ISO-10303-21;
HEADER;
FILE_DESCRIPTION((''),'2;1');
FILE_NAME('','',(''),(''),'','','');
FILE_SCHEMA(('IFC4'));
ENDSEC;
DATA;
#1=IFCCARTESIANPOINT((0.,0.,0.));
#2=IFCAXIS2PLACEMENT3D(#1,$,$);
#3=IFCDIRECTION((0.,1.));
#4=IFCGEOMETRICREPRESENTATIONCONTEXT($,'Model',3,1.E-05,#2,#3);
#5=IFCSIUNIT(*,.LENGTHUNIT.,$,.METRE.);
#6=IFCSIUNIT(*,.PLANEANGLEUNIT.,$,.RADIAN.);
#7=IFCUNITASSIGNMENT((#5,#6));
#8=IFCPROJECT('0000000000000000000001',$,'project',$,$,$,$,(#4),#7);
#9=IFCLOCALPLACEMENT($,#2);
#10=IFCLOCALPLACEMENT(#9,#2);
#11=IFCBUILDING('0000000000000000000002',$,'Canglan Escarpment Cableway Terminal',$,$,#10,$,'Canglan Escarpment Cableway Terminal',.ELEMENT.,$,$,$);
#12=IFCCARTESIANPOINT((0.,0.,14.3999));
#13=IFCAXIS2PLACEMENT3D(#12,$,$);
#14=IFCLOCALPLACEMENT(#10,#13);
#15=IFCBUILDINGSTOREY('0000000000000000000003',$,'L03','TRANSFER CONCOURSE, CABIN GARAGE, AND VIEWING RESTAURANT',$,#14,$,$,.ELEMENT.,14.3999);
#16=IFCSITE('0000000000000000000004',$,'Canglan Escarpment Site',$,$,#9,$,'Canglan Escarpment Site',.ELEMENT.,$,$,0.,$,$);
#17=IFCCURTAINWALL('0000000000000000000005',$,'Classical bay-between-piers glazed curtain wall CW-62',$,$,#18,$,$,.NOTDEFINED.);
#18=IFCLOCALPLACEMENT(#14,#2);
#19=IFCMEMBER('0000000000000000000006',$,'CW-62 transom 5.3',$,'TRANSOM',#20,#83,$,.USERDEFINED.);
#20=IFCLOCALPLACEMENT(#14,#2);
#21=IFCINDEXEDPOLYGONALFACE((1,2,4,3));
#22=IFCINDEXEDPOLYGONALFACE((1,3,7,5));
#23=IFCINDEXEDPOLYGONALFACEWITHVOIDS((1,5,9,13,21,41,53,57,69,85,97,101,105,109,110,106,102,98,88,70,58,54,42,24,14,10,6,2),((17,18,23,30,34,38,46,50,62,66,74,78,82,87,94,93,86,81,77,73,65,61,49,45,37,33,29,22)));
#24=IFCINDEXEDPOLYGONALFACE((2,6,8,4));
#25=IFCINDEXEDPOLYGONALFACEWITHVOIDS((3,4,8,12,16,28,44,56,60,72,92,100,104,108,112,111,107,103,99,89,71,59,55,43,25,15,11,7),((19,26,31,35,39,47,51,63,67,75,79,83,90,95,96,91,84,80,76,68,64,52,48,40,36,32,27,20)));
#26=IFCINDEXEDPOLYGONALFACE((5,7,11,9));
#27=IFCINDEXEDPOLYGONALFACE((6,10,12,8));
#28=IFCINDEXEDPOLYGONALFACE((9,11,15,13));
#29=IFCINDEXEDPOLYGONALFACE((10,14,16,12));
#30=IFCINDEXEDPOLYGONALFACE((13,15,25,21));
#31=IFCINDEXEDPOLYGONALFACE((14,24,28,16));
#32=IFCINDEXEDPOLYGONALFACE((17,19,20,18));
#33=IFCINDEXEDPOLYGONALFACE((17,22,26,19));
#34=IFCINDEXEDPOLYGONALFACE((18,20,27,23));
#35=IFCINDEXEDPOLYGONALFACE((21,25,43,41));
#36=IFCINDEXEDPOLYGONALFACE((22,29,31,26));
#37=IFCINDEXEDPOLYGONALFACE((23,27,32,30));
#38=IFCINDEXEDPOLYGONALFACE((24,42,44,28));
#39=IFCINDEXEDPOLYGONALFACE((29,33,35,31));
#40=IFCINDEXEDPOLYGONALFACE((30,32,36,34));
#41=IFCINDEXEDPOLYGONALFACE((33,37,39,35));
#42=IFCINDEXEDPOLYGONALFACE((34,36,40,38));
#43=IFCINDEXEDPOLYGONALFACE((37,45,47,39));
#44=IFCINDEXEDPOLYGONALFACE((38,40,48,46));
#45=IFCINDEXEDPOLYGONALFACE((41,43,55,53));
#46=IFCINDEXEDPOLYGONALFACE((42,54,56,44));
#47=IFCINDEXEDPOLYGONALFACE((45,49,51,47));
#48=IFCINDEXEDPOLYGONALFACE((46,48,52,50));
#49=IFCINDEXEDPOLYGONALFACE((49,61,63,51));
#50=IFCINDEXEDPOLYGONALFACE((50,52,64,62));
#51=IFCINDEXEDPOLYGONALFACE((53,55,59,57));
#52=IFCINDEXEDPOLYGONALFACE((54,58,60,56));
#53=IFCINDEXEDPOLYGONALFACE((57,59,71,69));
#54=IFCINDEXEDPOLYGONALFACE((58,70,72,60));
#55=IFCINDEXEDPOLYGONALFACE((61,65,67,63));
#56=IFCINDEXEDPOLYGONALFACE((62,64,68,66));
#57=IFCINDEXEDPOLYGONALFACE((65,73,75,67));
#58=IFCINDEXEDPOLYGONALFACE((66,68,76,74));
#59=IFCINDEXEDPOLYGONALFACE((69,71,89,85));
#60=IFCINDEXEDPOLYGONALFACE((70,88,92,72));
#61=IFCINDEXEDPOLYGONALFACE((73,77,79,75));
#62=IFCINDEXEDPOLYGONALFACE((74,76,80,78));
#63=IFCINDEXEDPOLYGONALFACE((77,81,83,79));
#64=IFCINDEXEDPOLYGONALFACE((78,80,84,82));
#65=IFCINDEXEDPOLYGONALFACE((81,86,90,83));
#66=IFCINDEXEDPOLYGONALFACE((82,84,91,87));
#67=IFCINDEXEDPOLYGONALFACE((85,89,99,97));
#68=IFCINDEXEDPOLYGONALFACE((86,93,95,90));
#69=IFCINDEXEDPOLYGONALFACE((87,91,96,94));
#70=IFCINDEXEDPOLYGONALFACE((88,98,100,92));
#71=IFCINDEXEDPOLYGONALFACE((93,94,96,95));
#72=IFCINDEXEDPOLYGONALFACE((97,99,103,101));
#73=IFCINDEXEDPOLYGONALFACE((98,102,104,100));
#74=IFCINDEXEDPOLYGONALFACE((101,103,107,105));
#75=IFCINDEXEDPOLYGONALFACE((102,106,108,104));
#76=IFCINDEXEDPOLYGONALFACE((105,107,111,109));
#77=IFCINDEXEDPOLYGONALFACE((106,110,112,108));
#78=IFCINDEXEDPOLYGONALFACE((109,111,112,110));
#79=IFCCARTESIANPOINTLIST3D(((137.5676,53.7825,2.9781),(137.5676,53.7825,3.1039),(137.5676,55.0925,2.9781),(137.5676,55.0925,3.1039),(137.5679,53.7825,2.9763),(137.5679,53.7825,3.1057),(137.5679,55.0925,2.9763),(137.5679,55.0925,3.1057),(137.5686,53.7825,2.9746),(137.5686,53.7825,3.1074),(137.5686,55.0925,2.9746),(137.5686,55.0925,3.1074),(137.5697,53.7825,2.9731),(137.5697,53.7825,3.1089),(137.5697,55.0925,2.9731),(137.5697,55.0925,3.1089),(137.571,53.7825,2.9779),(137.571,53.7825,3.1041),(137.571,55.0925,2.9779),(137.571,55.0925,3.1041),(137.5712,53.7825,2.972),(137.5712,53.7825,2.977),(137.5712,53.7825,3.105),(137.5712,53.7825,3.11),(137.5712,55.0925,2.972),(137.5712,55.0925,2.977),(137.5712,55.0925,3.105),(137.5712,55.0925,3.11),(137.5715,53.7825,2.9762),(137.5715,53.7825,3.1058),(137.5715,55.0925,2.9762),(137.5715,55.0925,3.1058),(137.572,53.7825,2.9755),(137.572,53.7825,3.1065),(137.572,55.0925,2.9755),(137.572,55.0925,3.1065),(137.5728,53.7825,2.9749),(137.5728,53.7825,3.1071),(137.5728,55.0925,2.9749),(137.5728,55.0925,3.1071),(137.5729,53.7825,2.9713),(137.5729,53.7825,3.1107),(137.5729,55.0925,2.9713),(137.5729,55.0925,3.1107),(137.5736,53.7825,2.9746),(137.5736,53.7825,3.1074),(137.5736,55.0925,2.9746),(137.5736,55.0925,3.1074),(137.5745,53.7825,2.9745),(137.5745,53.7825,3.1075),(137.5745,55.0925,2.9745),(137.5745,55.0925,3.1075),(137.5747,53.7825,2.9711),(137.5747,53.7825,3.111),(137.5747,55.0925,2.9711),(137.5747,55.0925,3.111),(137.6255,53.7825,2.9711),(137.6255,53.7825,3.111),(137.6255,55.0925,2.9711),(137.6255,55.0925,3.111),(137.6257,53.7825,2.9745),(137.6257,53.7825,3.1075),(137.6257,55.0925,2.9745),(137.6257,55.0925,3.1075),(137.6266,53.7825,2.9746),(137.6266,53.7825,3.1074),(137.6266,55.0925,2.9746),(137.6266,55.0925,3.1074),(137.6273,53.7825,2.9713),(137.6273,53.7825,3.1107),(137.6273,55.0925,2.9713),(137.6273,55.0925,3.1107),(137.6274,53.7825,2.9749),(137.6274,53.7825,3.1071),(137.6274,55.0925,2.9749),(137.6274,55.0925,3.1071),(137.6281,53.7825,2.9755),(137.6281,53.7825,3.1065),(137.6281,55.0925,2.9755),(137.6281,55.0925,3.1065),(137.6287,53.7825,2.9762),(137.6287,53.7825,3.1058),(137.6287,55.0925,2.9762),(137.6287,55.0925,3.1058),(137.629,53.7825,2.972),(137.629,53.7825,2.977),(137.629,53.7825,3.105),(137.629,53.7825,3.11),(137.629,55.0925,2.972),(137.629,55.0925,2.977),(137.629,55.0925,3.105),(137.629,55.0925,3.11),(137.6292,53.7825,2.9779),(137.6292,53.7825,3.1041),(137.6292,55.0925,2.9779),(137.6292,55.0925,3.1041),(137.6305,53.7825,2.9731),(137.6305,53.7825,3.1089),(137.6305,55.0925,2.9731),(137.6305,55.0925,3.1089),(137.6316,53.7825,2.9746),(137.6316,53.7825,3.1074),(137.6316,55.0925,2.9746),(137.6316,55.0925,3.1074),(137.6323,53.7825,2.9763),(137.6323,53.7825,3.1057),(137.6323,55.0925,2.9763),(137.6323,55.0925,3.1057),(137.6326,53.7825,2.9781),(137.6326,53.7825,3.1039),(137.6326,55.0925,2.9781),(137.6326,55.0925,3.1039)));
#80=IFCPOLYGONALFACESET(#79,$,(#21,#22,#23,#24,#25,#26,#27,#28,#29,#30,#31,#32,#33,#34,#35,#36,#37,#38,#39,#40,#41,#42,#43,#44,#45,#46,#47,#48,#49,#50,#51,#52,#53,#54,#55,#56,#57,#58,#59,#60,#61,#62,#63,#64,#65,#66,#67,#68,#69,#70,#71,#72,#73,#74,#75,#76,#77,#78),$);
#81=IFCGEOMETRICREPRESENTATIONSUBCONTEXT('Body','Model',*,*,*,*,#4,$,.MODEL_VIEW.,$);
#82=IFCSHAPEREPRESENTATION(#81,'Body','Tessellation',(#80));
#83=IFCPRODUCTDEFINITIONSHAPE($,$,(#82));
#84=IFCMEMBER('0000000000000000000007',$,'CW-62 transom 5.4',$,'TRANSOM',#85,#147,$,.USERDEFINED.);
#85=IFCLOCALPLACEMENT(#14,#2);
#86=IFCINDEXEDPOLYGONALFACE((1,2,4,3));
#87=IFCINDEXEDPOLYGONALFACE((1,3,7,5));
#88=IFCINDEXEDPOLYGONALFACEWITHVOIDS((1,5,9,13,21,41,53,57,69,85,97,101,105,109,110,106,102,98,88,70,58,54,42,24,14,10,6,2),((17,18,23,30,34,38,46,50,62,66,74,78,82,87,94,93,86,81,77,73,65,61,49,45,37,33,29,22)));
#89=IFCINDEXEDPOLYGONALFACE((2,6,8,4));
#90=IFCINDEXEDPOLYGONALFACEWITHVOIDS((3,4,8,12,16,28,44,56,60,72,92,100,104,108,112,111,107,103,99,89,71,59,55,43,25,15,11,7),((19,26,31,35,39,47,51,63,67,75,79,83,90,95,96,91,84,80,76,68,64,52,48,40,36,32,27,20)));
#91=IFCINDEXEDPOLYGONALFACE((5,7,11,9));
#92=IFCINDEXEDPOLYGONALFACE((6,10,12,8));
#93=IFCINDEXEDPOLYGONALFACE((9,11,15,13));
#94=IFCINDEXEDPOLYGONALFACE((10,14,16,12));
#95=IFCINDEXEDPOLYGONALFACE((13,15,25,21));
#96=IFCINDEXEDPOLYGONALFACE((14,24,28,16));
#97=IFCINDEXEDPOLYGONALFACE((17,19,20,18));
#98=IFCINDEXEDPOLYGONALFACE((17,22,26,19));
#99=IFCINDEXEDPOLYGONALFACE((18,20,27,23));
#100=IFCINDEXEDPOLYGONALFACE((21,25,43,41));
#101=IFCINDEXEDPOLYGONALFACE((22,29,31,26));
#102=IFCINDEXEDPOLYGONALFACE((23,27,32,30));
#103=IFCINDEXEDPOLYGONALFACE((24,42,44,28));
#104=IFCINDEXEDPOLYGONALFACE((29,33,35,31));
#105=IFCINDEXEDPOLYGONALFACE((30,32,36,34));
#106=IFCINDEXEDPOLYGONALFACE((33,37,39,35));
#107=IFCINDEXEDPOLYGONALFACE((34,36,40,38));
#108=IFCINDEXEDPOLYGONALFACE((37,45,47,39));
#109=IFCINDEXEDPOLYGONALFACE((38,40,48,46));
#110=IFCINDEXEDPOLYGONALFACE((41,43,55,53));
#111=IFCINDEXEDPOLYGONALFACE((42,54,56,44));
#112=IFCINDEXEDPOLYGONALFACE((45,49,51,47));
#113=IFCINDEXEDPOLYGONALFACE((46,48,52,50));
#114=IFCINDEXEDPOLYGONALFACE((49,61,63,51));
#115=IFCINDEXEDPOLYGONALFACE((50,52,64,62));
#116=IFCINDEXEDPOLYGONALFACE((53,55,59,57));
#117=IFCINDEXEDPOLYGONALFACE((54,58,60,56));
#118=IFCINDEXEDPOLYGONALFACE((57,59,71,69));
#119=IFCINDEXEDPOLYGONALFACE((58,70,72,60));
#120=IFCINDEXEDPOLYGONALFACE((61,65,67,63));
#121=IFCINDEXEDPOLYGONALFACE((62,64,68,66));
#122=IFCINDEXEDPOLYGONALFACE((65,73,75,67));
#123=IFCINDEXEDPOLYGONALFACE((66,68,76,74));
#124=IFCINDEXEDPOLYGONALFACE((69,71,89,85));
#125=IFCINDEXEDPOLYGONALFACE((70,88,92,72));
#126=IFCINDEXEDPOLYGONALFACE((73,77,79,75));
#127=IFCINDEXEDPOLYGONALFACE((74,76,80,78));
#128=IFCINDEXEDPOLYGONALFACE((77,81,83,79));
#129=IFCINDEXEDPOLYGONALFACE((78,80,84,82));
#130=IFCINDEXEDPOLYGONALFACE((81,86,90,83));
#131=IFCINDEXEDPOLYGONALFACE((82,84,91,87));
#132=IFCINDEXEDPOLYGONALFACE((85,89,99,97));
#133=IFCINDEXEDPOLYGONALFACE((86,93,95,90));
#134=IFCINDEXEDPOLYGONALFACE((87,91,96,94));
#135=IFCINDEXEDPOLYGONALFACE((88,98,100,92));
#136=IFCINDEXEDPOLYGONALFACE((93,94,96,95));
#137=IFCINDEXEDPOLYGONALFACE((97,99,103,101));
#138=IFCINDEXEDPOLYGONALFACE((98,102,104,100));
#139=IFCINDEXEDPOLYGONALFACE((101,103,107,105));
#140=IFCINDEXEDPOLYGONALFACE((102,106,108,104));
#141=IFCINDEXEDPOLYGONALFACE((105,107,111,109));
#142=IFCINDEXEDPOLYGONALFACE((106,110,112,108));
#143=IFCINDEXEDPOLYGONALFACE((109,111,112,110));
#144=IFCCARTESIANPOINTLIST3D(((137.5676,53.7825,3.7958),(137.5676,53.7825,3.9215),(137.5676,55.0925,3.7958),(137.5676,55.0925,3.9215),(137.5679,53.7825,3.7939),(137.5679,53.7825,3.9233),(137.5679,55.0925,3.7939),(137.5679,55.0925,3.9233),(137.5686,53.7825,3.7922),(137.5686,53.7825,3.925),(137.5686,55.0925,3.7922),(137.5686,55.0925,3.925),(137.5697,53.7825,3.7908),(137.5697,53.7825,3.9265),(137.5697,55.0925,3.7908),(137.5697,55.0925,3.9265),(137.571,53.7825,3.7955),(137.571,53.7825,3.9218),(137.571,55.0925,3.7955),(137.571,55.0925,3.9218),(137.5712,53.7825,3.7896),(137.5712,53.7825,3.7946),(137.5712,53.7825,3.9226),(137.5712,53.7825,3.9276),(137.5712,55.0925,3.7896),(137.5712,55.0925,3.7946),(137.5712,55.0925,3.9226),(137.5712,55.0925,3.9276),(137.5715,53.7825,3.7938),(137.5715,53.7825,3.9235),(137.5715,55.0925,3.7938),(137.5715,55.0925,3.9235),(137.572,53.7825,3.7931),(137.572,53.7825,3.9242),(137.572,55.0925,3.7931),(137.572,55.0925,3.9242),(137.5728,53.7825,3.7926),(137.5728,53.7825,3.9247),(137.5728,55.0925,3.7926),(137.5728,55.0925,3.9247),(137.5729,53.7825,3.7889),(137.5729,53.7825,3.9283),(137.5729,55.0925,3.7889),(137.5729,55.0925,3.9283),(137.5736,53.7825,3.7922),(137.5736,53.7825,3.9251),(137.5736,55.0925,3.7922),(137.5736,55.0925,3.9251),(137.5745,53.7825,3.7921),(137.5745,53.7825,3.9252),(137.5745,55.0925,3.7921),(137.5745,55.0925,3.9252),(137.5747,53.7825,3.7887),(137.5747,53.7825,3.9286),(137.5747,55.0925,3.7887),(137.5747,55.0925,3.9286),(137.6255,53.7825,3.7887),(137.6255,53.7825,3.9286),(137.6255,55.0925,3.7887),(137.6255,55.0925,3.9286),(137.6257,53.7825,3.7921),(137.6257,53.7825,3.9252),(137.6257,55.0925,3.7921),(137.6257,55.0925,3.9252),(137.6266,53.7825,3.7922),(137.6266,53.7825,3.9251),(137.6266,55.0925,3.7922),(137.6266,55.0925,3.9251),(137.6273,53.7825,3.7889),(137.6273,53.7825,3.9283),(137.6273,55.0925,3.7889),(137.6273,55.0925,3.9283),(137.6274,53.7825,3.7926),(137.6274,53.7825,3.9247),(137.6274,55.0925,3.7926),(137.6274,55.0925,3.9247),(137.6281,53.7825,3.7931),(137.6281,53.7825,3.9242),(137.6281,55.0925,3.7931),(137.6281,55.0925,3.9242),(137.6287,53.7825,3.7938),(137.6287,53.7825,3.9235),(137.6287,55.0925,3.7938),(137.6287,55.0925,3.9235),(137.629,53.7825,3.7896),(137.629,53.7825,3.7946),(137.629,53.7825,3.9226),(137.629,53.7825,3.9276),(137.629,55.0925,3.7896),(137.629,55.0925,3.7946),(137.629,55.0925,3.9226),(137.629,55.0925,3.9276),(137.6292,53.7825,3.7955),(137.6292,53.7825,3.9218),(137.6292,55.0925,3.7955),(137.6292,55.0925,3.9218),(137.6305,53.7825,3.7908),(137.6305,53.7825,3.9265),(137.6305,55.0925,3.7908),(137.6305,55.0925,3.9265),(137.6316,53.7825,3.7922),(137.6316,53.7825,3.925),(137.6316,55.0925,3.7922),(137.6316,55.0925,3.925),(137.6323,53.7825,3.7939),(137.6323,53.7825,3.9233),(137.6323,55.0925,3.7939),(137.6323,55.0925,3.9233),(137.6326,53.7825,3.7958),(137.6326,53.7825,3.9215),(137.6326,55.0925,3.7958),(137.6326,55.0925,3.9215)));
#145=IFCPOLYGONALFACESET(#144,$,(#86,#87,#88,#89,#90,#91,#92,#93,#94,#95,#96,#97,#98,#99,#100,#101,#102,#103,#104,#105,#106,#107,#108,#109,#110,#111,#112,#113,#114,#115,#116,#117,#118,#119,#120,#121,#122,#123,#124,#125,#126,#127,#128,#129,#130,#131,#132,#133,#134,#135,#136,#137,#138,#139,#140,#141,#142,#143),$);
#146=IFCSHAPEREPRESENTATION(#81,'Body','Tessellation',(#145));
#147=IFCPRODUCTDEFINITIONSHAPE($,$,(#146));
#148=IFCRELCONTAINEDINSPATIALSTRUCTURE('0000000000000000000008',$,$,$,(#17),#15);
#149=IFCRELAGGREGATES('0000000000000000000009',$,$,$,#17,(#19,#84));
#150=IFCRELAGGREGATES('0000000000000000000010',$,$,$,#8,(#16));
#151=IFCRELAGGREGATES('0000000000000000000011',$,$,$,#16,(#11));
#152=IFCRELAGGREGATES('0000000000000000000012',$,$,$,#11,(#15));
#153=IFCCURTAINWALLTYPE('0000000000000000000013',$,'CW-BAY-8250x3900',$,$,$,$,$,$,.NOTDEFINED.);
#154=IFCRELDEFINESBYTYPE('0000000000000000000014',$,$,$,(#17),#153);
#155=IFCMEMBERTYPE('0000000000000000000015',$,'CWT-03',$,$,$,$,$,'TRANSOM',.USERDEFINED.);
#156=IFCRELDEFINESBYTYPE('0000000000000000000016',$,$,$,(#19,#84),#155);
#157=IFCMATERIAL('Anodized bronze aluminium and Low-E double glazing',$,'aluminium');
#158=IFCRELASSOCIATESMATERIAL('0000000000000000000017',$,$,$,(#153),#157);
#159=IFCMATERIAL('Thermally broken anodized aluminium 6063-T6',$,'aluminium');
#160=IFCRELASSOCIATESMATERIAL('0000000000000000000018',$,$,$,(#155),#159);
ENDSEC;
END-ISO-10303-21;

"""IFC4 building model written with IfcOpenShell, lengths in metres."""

from ifc_helpers import new_model, si_unit, direction, frame, origin, origin_2d, place, context, subcontext, project, spatial, hollow_rectangle, extrude, material, material_profile, profile_set, type_object, element, aggregate, save


model = new_model("IFC4")

# Units and contexts
model_context = context("Model", 3, precision=1e-05, world=origin(), true_north=direction((0.0, 1.0)))
body_context = subcontext(model_context, "Body", "Model", "MODEL_VIEW")
ifc_project = project(units=[si_unit("LENGTHUNIT", "METRE"), si_unit("PLANEANGLEUNIT", "RADIAN")], contexts=[model_context])

# Site, building, storey
site_placement = place(None, origin())
site = spatial("IfcSite", under=ifc_project, at=site_placement, Name="Canglan Escarpment Site", LongName="Canglan Escarpment Site", CompositionType="ELEMENT", RefElevation=0.0)
building_placement = place(site_placement, origin())
building = spatial("IfcBuilding", under=site, at=building_placement, Name="Canglan Escarpment Cableway Terminal", LongName="Canglan Escarpment Cableway Terminal", CompositionType="ELEMENT")
storey_placement = place(building_placement, frame((0.0, 0.0, 14.3999)))
storey = spatial("IfcBuildingStorey", under=building, at=storey_placement, Name="L03", Description="TRANSFER CONCOURSE, CABIN GARAGE, AND VIEWING RESTAURANT", CompositionType="ELEMENT", Elevation=14.3999)

# Curtain wall, members
ifc_material_1 = material(Name="Anodized bronze aluminium and Low-E double glazing", Category="aluminium")
curtain_wall_type = type_object("IfcCurtainWallType", Name="CW-BAY-8250x3900", PredefinedType="NOTDEFINED", material=ifc_material_1)
curtain_wall_placement = place(storey_placement, origin())
curtain_wall = element("IfcCurtainWall", 1, at=curtain_wall_placement, inside=storey, type_object=curtain_wall_type, Name="Classical bay-between-piers glazed curtain wall CW-62", PredefinedType="NOTDEFINED")
ifc_material_2 = material(Name="Thermally broken anodized aluminium 6063-T6", Category="aluminium")
ifc_material_profile_1 = material_profile(ifc_material_2, hollow_rectangle(XDim=0.0649, YDim=0.1399, WallThickness=0.0034, InnerFilletRadius=0.0034, OuterFilletRadius=0.0071, at=origin_2d()), Name="ALU-TRAN 65x140x3.5")
ifc_profile_set_1 = profile_set([ifc_material_profile_1], Name="Thermally broken anodized aluminium 6063-T6")
member_type_1 = type_object("IfcMemberType", Name="CWT-03", ElementType="TRANSOM", PredefinedType="USERDEFINED", material=ifc_profile_set_1)
member_1_placement = place(storey_placement, frame((137.6001, 55.0925, 3.041), z_axis=(0.0, -1.0, 0.0), x_axis=(1.0, 0.0, 0.0)))
member_1 = element("IfcMember", 2, at=member_1_placement, type_object=member_type_1, Name="CW-62 transom 5.3", ObjectType="TRANSOM", PredefinedType="USERDEFINED", context=body_context, shape_type="SweptSolid", body=[
    extrude(hollow_rectangle(XDim=0.0649, YDim=0.1399, WallThickness=0.0034, InnerFilletRadius=0.0034, OuterFilletRadius=0.0071, at=origin_2d()), origin(), (0.0, 0.0, 1.0), 1.3101),
])
member_2_placement = place(storey_placement, frame((137.6001, 55.0925, 3.8586), z_axis=(0.0, -1.0, 0.0), x_axis=(1.0, 0.0, 0.0)))
member_2 = element("IfcMember", 3, at=member_2_placement, type_object=member_type_1, Name="CW-62 transom 5.4", ObjectType="TRANSOM", PredefinedType="USERDEFINED", context=body_context, shape_type="SweptSolid", body=[
    extrude(hollow_rectangle(XDim=0.0649, YDim=0.1399, WallThickness=0.0034, InnerFilletRadius=0.0034, OuterFilletRadius=0.0071, at=origin_2d()), origin(), (0.0, 0.0, 1.0), 1.3101),
])
aggregate(curtain_wall, [member_1, member_2])

save(model, "model.ifc")
